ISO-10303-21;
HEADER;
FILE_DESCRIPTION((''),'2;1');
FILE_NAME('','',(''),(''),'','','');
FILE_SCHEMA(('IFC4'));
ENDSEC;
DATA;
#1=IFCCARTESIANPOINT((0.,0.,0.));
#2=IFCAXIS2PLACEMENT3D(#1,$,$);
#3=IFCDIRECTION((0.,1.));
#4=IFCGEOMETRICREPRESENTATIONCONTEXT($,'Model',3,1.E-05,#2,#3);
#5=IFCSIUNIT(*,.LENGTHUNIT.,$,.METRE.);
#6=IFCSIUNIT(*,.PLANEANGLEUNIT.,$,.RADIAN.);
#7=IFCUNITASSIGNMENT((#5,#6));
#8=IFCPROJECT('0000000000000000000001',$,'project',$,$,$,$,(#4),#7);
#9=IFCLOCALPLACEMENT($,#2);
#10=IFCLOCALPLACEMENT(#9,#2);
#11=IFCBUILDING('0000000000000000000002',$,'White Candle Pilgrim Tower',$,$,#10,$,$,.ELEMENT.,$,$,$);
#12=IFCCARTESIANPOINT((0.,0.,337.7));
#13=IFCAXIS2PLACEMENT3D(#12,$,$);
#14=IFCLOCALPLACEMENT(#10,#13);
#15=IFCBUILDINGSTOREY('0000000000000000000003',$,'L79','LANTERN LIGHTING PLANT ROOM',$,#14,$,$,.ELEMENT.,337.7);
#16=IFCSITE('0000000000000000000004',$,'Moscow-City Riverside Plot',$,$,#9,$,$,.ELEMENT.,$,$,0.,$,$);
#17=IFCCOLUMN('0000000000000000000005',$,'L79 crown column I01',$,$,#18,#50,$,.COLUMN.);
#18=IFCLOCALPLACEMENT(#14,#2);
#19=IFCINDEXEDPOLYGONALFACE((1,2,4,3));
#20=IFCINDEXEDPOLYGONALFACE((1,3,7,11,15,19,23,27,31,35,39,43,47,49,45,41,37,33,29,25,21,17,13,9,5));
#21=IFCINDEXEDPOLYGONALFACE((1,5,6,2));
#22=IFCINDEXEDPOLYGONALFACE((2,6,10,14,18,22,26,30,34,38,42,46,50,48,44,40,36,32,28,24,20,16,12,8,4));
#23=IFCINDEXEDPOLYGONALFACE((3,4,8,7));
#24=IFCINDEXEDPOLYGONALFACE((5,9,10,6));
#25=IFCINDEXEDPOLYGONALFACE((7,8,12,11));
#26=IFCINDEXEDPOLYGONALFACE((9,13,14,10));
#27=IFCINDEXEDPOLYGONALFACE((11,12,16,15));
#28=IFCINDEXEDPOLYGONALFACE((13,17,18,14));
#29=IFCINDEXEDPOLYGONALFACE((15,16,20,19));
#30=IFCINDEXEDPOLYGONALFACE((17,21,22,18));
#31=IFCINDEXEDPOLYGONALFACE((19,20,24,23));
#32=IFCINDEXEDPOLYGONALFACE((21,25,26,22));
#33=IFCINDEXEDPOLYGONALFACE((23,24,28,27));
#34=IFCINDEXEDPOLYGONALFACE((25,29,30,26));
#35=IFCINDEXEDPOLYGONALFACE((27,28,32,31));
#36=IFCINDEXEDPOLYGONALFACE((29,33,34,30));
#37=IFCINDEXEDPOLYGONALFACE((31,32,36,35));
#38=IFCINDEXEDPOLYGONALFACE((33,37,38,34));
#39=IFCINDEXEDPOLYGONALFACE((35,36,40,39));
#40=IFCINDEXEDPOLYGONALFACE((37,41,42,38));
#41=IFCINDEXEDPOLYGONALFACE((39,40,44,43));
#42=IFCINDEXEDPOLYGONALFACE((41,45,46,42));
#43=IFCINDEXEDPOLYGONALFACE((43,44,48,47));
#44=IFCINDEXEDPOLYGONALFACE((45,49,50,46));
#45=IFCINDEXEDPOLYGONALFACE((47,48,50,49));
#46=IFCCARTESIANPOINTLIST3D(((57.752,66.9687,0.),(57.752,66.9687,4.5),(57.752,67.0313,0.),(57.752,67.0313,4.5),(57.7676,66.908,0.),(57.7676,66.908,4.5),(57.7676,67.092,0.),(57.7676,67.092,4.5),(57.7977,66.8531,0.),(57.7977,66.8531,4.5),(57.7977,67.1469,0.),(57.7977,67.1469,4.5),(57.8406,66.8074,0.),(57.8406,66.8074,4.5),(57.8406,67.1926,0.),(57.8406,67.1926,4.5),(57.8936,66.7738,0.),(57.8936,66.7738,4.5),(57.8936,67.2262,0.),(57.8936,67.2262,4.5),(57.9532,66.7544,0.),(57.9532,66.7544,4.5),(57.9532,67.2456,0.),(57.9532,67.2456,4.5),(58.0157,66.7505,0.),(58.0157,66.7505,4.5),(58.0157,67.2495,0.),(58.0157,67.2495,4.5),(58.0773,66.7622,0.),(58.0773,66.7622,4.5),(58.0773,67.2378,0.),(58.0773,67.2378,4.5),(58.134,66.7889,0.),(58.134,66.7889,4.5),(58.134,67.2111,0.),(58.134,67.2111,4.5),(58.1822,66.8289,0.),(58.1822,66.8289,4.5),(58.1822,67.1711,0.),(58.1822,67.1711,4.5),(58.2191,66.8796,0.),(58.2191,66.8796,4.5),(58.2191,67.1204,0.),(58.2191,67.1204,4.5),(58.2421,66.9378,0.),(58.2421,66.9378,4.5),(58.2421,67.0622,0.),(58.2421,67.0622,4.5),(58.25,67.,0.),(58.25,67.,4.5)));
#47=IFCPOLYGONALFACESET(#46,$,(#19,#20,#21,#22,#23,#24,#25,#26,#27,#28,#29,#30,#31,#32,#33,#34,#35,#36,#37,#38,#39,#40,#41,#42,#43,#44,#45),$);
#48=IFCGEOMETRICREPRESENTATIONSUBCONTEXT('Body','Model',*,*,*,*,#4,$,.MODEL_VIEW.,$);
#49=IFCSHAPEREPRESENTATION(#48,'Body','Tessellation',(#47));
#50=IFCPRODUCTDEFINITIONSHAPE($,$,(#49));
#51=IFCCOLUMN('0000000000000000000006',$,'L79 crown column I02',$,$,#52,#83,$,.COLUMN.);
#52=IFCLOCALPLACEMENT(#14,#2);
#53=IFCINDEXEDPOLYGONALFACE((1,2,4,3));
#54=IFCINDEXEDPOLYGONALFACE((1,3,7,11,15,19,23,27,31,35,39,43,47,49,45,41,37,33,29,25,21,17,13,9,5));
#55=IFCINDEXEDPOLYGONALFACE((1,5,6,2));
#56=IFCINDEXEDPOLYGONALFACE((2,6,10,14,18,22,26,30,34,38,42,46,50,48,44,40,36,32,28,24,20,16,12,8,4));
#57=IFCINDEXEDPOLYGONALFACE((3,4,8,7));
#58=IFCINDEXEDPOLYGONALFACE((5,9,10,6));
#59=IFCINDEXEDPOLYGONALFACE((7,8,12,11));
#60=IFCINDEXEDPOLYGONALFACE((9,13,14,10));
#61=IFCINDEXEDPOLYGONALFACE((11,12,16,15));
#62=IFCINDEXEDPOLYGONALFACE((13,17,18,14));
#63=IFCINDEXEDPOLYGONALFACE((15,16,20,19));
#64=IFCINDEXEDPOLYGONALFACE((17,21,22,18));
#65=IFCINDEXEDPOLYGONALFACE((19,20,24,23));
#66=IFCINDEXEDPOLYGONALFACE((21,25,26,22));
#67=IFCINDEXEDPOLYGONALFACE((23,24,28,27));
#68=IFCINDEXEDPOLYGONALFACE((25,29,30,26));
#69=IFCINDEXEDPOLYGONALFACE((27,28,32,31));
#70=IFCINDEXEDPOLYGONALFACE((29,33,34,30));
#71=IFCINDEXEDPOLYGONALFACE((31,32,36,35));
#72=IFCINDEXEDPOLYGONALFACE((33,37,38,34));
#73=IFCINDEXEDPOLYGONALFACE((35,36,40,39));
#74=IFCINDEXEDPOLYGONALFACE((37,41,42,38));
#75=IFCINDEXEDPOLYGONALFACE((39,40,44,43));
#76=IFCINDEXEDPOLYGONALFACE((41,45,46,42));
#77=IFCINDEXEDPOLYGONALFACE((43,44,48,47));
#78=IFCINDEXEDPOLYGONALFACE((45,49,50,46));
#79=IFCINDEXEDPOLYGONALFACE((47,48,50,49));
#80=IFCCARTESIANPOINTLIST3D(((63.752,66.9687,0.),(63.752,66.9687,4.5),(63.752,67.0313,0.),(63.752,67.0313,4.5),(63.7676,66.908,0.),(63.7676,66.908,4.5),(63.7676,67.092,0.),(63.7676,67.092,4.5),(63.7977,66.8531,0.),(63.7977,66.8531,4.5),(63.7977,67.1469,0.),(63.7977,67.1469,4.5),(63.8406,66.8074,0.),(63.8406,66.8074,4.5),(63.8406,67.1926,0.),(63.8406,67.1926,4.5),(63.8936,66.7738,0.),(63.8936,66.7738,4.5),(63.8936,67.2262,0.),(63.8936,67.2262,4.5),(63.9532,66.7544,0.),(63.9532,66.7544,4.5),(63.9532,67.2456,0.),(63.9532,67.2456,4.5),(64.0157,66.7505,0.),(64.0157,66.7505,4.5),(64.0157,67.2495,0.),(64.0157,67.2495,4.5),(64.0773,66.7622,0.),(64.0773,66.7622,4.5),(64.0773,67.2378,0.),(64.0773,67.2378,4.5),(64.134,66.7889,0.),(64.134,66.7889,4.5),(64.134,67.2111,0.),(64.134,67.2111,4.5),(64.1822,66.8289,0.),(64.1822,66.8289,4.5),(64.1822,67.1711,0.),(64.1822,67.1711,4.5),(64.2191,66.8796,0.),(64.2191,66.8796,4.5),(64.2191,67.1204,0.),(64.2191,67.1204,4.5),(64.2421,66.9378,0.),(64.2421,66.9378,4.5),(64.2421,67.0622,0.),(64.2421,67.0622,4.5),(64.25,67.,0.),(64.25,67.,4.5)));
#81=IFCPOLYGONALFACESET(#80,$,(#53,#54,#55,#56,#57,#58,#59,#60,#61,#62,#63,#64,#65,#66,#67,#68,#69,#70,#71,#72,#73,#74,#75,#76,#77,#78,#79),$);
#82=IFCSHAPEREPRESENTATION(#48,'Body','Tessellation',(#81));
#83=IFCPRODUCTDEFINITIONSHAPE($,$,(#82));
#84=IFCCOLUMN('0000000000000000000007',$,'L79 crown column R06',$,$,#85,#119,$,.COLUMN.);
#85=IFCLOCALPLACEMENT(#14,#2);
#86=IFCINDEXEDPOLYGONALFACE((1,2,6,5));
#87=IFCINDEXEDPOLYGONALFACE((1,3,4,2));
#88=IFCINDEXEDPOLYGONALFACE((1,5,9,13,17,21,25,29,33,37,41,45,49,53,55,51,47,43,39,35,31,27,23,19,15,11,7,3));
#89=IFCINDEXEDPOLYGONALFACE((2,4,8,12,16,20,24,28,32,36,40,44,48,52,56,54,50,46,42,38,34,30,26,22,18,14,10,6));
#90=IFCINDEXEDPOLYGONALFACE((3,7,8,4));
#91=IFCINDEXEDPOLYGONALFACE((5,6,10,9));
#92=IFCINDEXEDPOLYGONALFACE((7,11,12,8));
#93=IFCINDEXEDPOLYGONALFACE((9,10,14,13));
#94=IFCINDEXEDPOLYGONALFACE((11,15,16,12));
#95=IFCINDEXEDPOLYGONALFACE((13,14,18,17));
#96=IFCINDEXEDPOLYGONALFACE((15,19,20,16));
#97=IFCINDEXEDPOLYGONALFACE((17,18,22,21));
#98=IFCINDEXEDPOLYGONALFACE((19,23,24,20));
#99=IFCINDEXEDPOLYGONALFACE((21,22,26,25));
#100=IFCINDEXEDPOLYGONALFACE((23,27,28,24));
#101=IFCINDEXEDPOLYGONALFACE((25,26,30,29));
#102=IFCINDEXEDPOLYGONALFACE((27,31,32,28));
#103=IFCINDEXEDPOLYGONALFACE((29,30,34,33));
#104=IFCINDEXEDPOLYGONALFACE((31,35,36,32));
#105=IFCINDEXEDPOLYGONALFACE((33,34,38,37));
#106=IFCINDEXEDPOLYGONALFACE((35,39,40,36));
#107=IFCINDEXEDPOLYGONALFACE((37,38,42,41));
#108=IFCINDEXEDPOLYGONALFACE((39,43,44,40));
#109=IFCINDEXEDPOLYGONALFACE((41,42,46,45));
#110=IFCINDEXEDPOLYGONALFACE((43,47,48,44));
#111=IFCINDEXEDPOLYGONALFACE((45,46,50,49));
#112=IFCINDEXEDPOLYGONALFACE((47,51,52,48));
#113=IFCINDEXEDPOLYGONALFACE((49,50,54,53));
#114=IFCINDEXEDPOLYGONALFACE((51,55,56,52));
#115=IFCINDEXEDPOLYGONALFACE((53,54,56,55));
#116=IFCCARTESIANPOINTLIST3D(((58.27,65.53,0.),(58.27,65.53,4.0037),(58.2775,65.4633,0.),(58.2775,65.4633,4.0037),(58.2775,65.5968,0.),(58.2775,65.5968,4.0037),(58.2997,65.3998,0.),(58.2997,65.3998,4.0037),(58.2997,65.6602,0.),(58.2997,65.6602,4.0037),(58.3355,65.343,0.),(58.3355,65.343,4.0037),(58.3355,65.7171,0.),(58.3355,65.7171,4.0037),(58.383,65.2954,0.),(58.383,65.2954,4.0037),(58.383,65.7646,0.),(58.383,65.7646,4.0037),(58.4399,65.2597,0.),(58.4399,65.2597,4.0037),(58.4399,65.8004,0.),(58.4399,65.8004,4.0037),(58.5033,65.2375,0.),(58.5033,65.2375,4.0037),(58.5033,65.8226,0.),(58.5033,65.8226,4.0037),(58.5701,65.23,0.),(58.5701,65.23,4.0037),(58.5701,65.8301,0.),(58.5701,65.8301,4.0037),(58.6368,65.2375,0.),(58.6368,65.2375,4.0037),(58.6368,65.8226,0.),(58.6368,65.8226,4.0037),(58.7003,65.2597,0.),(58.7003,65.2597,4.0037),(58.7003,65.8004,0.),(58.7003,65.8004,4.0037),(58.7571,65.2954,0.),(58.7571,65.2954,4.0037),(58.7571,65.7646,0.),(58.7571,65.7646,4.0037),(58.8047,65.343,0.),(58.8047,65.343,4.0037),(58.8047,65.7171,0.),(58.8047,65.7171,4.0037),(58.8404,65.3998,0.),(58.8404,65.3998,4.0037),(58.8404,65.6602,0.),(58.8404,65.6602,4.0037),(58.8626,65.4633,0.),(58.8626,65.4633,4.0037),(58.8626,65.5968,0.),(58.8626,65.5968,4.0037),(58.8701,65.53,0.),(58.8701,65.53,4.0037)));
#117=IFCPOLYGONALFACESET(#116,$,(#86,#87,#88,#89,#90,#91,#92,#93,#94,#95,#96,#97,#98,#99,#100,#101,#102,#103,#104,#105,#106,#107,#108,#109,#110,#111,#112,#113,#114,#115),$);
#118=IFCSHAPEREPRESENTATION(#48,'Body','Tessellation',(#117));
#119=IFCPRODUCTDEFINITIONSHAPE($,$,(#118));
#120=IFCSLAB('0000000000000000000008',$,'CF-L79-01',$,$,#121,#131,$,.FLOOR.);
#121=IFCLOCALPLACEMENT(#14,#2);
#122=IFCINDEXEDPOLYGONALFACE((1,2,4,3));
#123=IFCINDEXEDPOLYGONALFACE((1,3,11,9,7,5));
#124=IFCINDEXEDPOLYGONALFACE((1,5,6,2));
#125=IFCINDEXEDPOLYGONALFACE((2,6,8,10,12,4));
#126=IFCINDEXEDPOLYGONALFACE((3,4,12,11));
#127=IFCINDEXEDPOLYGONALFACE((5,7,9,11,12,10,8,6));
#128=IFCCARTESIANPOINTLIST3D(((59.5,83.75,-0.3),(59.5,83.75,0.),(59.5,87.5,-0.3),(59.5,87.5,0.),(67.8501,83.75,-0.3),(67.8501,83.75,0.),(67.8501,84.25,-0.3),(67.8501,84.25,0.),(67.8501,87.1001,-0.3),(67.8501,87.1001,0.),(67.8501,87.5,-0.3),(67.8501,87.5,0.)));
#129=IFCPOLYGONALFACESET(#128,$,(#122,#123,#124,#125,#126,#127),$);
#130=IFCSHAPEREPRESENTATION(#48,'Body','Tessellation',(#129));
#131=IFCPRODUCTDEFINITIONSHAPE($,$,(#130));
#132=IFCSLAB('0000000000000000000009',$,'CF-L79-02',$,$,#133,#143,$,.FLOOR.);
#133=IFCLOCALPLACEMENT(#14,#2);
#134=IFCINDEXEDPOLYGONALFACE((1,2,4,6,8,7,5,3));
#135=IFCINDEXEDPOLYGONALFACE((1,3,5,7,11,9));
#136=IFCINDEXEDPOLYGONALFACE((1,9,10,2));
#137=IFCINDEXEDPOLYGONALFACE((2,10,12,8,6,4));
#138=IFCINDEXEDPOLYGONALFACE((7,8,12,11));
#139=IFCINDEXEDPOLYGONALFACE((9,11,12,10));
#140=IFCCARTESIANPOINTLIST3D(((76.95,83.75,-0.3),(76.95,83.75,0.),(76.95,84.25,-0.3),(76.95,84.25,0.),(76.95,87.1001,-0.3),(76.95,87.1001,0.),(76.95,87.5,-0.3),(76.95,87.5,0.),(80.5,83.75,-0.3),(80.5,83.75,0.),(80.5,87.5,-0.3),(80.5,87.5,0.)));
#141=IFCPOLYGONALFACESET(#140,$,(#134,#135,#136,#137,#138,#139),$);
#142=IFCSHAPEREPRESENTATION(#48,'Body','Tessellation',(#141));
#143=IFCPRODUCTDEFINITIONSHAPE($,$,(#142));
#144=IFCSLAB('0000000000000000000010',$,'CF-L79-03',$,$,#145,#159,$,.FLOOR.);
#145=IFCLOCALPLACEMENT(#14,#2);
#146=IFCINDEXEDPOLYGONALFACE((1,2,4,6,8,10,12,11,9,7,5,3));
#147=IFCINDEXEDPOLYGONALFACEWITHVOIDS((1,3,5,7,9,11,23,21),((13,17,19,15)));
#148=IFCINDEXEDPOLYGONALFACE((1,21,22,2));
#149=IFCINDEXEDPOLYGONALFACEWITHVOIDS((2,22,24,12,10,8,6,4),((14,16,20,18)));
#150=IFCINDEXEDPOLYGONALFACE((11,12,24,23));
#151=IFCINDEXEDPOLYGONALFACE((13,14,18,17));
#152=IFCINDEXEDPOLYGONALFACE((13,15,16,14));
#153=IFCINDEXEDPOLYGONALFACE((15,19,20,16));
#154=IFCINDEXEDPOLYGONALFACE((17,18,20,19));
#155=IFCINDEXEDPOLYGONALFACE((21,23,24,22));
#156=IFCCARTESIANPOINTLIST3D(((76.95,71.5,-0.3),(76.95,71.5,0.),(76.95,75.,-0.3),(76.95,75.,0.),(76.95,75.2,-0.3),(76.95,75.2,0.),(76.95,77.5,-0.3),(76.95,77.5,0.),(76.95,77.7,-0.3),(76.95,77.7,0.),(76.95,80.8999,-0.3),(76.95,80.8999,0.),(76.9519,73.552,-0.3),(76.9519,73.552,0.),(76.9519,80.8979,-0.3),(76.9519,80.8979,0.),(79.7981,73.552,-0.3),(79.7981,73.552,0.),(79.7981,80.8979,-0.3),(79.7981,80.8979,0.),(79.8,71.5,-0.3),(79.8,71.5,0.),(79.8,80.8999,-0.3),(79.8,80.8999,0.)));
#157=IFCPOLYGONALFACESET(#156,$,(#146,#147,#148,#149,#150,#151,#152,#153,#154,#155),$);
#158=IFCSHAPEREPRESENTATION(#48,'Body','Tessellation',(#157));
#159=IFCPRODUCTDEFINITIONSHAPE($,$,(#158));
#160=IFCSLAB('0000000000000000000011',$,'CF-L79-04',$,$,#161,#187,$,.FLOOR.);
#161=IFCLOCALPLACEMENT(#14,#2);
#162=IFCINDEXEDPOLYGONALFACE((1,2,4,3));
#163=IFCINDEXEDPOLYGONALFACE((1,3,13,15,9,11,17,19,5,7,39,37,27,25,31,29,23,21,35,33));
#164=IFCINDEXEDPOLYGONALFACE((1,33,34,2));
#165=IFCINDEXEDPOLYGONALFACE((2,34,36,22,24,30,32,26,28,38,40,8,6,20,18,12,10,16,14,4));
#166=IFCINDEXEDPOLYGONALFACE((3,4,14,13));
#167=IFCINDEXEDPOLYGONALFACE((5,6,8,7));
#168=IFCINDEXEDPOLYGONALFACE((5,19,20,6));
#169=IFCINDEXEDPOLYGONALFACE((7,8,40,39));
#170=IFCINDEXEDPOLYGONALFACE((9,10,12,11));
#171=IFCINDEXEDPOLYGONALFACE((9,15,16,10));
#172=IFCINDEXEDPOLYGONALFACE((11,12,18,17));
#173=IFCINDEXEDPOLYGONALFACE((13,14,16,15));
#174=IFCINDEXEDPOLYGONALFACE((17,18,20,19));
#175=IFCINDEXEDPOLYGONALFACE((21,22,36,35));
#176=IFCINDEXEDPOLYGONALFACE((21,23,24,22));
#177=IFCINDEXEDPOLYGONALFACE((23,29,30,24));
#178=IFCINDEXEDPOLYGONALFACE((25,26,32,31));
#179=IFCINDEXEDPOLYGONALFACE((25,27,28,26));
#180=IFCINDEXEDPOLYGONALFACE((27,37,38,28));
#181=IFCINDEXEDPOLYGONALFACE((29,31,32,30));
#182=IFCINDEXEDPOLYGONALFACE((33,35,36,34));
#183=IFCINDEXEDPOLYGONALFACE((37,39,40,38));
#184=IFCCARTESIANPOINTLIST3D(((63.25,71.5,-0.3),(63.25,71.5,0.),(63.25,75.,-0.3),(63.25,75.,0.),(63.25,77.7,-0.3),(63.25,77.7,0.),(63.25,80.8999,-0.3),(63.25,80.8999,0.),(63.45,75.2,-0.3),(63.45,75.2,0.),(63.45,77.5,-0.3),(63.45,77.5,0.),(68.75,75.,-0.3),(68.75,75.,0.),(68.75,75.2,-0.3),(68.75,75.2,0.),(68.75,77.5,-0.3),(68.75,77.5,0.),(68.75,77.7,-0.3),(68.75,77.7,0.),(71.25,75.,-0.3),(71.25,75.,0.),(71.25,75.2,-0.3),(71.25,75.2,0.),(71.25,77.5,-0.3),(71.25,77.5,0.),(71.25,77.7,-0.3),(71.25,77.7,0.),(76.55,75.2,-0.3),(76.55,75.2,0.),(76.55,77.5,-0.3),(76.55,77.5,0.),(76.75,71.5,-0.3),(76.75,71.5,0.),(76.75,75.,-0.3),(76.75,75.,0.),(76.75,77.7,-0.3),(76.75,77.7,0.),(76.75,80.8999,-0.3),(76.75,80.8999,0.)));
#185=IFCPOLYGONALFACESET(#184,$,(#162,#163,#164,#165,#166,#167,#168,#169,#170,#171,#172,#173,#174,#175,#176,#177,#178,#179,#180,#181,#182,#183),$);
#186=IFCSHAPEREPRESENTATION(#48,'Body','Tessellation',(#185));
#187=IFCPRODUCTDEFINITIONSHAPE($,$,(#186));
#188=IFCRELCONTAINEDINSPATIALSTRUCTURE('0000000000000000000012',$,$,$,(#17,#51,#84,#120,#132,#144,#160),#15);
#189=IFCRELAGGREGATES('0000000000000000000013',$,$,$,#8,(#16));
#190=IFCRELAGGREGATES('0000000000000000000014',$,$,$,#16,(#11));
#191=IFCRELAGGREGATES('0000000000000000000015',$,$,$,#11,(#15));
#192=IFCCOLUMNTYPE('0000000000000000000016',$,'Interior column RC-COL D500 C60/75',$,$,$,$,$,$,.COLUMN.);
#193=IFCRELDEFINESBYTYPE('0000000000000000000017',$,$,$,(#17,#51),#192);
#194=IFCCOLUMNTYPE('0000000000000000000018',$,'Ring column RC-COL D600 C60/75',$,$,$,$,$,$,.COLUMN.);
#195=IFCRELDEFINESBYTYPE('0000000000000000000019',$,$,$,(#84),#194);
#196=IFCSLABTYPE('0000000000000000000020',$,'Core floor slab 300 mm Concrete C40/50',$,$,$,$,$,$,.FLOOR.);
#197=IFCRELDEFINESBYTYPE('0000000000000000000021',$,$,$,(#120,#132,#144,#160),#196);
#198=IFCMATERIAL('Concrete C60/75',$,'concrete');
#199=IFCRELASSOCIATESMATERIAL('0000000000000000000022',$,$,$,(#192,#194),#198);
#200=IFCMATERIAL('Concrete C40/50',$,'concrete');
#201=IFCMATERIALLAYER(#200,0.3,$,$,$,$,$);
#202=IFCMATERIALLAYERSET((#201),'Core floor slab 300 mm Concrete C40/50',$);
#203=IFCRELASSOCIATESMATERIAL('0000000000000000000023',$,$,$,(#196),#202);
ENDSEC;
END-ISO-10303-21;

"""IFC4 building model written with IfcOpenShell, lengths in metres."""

from ifc_helpers import new_model, si_unit, direction, frame, origin, origin_2d, place, context, subcontext, project, spatial, polyline, circle, outline, extrude, material, layer, layer_set, material_profile, profile_set, type_object, element, save


model = new_model("IFC4")

# Units and contexts
model_context = context("Model", 3, precision=1e-05, world=origin(), true_north=direction((0.0, 1.0)))
body_context = subcontext(model_context, "Body", "Model", "MODEL_VIEW")
ifc_project = project(units=[si_unit("LENGTHUNIT", "METRE"), si_unit("PLANEANGLEUNIT", "RADIAN")], contexts=[model_context])

# Site, building, storey
site_placement = place(None, origin())
site = spatial("IfcSite", under=ifc_project, at=site_placement, Name="Moscow-City Riverside Plot", CompositionType="ELEMENT", RefElevation=0.0)
building_placement = place(site_placement, origin())
building = spatial("IfcBuilding", under=site, at=building_placement, Name="White Candle Pilgrim Tower", CompositionType="ELEMENT")
storey_placement = place(building_placement, frame((0.0, 0.0, 337.7)))
storey = spatial("IfcBuildingStorey", under=building, at=storey_placement, Name="L79", Description="LANTERN LIGHTING PLANT ROOM", CompositionType="ELEMENT", Elevation=337.7)

# Columns
ifc_material_1 = material(Name="Concrete C60/75", Category="concrete")
ifc_material_profile_1 = material_profile(ifc_material_1, circle(Radius=0.25, at=origin_2d()), Name="RC-COL D500")
ifc_profile_set_1 = profile_set([ifc_material_profile_1], Name="Concrete C60/75")
column_type_1 = type_object("IfcColumnType", Name="Interior column RC-COL D500 C60/75", PredefinedType="COLUMN", material=ifc_profile_set_1)
for number, where, z_axis, x_axis, name in (
    (1, (58.0, 67.0, 0.0), (0.0, 0.0, 1.0), (1.0, 0.0, 0.0), "L79 crown column I01"),
    (2, (64.0, 67.0, 0.0), (0.0, 0.0, 1.0), (1.0, 0.0, 0.0), "L79 crown column I02"),
):
    element("IfcColumn", number, at=place(storey_placement, frame(where, z_axis=z_axis, x_axis=x_axis)), inside=storey, type_object=column_type_1, Name=name, PredefinedType="COLUMN", context=body_context, shape_type="SweptSolid", body=[
        extrude(circle(Radius=0.25, at=origin_2d()), origin(), (0.0, 0.0, 1.0), 4.5),
    ])
ifc_material_profile_2 = material_profile(ifc_material_1, circle(Radius=0.3, at=origin_2d()), Name="RC-COL D600")
ifc_profile_set_2 = profile_set([ifc_material_profile_2], Name="Concrete C60/75")
column_type_2 = type_object("IfcColumnType", Name="Ring column RC-COL D600 C60/75", PredefinedType="COLUMN", material=ifc_profile_set_2)
column_placement = place(storey_placement, frame((58.5701, 65.53, 0.0), z_axis=(0.0, 0.0, 1.0), x_axis=(1.0, 0.0, 0.0)))
element("IfcColumn", 3, at=column_placement, inside=storey, type_object=column_type_2, Name="L79 crown column R06", PredefinedType="COLUMN", context=body_context, shape_type="SweptSolid", body=[
    extrude(circle(Radius=0.3, at=origin_2d()), origin(), (0.0, 0.0, 1.0), 4.0037),
])

# Slabs
ifc_material_2 = material(Name="Concrete C40/50", Category="concrete")
ifc_layer_1 = layer(ifc_material_2, 0.3)
ifc_layer_set_1 = layer_set([ifc_layer_1], Name="Core floor slab 300 mm Concrete C40/50")
slab_type_1 = type_object("IfcSlabType", Name="Core floor slab 300 mm Concrete C40/50", PredefinedType="FLOOR", material=ifc_layer_set_1)
slab_1_placement = place(storey_placement, frame((0.0, 0.0, -0.3)))
element("IfcSlab", 4, at=slab_1_placement, inside=storey, type_object=slab_type_1, Name="CF-L79-01", PredefinedType="FLOOR", context=body_context, shape_type="SweptSolid", body=[
    extrude(outline(polyline([(67.8501, 87.5), (67.8501, 87.1001), (67.8501, 84.25), (67.8501, 83.75), (59.5, 83.75), (59.5, 87.5), (67.8501, 87.5)])), origin(), (0.0, 0.0, 1.0), 0.3),
])
slab_2_placement = place(storey_placement, frame((0.0, 0.0, -0.3)))
element("IfcSlab", 5, at=slab_2_placement, inside=storey, type_object=slab_type_1, Name="CF-L79-02", PredefinedType="FLOOR", context=body_context, shape_type="SweptSolid", body=[
    extrude(outline(polyline([(80.5, 87.5), (80.5, 83.75), (76.95, 83.75), (76.95, 84.25), (76.95, 87.1001), (76.95, 87.5), (80.5, 87.5)])), origin(), (0.0, 0.0, 1.0), 0.3),
])
slab_3_placement = place(storey_placement, frame((0.0, 0.0, -0.3)))
element("IfcSlab", 6, at=slab_3_placement, inside=storey, type_object=slab_type_1, Name="CF-L79-03", PredefinedType="FLOOR", context=body_context, shape_type="SweptSolid", body=[
    extrude(outline(polyline([(76.95, 71.5), (76.95, 75.0), (76.95, 75.2), (76.95, 77.5), (76.95, 77.7), (76.95, 80.8999), (79.8, 80.8999), (79.8, 71.5), (76.95, 71.5)]), holes=[polyline([(79.7981, 73.552), (79.7981, 80.8979), (76.9519, 80.8979), (76.9519, 73.552), (79.7981, 73.552)])]), origin(), (0.0, 0.0, 1.0), 0.3),
])
slab_4_placement = place(storey_placement, frame((0.0, 0.0, -0.3)))
element("IfcSlab", 7, at=slab_4_placement, inside=storey, type_object=slab_type_1, Name="CF-L79-04", PredefinedType="FLOOR", context=body_context, shape_type="SweptSolid", body=[
    extrude(outline(polyline([(63.25, 71.5), (63.25, 75.0), (68.75, 75.0), (68.75, 75.2), (63.45, 75.2), (63.45, 77.5), (68.75, 77.5), (68.75, 77.7), (63.25, 77.7), (63.25, 80.8999), (76.75, 80.8999), (76.75, 77.7), (71.25, 77.7), (71.25, 77.5), (76.55, 77.5), (76.55, 75.2), (71.25, 75.2), (71.25, 75.0), (76.75, 75.0), (76.75, 71.5), (63.25, 71.5)])), origin(), (0.0, 0.0, 1.0), 0.3),
])

save(model, "model.ifc")
